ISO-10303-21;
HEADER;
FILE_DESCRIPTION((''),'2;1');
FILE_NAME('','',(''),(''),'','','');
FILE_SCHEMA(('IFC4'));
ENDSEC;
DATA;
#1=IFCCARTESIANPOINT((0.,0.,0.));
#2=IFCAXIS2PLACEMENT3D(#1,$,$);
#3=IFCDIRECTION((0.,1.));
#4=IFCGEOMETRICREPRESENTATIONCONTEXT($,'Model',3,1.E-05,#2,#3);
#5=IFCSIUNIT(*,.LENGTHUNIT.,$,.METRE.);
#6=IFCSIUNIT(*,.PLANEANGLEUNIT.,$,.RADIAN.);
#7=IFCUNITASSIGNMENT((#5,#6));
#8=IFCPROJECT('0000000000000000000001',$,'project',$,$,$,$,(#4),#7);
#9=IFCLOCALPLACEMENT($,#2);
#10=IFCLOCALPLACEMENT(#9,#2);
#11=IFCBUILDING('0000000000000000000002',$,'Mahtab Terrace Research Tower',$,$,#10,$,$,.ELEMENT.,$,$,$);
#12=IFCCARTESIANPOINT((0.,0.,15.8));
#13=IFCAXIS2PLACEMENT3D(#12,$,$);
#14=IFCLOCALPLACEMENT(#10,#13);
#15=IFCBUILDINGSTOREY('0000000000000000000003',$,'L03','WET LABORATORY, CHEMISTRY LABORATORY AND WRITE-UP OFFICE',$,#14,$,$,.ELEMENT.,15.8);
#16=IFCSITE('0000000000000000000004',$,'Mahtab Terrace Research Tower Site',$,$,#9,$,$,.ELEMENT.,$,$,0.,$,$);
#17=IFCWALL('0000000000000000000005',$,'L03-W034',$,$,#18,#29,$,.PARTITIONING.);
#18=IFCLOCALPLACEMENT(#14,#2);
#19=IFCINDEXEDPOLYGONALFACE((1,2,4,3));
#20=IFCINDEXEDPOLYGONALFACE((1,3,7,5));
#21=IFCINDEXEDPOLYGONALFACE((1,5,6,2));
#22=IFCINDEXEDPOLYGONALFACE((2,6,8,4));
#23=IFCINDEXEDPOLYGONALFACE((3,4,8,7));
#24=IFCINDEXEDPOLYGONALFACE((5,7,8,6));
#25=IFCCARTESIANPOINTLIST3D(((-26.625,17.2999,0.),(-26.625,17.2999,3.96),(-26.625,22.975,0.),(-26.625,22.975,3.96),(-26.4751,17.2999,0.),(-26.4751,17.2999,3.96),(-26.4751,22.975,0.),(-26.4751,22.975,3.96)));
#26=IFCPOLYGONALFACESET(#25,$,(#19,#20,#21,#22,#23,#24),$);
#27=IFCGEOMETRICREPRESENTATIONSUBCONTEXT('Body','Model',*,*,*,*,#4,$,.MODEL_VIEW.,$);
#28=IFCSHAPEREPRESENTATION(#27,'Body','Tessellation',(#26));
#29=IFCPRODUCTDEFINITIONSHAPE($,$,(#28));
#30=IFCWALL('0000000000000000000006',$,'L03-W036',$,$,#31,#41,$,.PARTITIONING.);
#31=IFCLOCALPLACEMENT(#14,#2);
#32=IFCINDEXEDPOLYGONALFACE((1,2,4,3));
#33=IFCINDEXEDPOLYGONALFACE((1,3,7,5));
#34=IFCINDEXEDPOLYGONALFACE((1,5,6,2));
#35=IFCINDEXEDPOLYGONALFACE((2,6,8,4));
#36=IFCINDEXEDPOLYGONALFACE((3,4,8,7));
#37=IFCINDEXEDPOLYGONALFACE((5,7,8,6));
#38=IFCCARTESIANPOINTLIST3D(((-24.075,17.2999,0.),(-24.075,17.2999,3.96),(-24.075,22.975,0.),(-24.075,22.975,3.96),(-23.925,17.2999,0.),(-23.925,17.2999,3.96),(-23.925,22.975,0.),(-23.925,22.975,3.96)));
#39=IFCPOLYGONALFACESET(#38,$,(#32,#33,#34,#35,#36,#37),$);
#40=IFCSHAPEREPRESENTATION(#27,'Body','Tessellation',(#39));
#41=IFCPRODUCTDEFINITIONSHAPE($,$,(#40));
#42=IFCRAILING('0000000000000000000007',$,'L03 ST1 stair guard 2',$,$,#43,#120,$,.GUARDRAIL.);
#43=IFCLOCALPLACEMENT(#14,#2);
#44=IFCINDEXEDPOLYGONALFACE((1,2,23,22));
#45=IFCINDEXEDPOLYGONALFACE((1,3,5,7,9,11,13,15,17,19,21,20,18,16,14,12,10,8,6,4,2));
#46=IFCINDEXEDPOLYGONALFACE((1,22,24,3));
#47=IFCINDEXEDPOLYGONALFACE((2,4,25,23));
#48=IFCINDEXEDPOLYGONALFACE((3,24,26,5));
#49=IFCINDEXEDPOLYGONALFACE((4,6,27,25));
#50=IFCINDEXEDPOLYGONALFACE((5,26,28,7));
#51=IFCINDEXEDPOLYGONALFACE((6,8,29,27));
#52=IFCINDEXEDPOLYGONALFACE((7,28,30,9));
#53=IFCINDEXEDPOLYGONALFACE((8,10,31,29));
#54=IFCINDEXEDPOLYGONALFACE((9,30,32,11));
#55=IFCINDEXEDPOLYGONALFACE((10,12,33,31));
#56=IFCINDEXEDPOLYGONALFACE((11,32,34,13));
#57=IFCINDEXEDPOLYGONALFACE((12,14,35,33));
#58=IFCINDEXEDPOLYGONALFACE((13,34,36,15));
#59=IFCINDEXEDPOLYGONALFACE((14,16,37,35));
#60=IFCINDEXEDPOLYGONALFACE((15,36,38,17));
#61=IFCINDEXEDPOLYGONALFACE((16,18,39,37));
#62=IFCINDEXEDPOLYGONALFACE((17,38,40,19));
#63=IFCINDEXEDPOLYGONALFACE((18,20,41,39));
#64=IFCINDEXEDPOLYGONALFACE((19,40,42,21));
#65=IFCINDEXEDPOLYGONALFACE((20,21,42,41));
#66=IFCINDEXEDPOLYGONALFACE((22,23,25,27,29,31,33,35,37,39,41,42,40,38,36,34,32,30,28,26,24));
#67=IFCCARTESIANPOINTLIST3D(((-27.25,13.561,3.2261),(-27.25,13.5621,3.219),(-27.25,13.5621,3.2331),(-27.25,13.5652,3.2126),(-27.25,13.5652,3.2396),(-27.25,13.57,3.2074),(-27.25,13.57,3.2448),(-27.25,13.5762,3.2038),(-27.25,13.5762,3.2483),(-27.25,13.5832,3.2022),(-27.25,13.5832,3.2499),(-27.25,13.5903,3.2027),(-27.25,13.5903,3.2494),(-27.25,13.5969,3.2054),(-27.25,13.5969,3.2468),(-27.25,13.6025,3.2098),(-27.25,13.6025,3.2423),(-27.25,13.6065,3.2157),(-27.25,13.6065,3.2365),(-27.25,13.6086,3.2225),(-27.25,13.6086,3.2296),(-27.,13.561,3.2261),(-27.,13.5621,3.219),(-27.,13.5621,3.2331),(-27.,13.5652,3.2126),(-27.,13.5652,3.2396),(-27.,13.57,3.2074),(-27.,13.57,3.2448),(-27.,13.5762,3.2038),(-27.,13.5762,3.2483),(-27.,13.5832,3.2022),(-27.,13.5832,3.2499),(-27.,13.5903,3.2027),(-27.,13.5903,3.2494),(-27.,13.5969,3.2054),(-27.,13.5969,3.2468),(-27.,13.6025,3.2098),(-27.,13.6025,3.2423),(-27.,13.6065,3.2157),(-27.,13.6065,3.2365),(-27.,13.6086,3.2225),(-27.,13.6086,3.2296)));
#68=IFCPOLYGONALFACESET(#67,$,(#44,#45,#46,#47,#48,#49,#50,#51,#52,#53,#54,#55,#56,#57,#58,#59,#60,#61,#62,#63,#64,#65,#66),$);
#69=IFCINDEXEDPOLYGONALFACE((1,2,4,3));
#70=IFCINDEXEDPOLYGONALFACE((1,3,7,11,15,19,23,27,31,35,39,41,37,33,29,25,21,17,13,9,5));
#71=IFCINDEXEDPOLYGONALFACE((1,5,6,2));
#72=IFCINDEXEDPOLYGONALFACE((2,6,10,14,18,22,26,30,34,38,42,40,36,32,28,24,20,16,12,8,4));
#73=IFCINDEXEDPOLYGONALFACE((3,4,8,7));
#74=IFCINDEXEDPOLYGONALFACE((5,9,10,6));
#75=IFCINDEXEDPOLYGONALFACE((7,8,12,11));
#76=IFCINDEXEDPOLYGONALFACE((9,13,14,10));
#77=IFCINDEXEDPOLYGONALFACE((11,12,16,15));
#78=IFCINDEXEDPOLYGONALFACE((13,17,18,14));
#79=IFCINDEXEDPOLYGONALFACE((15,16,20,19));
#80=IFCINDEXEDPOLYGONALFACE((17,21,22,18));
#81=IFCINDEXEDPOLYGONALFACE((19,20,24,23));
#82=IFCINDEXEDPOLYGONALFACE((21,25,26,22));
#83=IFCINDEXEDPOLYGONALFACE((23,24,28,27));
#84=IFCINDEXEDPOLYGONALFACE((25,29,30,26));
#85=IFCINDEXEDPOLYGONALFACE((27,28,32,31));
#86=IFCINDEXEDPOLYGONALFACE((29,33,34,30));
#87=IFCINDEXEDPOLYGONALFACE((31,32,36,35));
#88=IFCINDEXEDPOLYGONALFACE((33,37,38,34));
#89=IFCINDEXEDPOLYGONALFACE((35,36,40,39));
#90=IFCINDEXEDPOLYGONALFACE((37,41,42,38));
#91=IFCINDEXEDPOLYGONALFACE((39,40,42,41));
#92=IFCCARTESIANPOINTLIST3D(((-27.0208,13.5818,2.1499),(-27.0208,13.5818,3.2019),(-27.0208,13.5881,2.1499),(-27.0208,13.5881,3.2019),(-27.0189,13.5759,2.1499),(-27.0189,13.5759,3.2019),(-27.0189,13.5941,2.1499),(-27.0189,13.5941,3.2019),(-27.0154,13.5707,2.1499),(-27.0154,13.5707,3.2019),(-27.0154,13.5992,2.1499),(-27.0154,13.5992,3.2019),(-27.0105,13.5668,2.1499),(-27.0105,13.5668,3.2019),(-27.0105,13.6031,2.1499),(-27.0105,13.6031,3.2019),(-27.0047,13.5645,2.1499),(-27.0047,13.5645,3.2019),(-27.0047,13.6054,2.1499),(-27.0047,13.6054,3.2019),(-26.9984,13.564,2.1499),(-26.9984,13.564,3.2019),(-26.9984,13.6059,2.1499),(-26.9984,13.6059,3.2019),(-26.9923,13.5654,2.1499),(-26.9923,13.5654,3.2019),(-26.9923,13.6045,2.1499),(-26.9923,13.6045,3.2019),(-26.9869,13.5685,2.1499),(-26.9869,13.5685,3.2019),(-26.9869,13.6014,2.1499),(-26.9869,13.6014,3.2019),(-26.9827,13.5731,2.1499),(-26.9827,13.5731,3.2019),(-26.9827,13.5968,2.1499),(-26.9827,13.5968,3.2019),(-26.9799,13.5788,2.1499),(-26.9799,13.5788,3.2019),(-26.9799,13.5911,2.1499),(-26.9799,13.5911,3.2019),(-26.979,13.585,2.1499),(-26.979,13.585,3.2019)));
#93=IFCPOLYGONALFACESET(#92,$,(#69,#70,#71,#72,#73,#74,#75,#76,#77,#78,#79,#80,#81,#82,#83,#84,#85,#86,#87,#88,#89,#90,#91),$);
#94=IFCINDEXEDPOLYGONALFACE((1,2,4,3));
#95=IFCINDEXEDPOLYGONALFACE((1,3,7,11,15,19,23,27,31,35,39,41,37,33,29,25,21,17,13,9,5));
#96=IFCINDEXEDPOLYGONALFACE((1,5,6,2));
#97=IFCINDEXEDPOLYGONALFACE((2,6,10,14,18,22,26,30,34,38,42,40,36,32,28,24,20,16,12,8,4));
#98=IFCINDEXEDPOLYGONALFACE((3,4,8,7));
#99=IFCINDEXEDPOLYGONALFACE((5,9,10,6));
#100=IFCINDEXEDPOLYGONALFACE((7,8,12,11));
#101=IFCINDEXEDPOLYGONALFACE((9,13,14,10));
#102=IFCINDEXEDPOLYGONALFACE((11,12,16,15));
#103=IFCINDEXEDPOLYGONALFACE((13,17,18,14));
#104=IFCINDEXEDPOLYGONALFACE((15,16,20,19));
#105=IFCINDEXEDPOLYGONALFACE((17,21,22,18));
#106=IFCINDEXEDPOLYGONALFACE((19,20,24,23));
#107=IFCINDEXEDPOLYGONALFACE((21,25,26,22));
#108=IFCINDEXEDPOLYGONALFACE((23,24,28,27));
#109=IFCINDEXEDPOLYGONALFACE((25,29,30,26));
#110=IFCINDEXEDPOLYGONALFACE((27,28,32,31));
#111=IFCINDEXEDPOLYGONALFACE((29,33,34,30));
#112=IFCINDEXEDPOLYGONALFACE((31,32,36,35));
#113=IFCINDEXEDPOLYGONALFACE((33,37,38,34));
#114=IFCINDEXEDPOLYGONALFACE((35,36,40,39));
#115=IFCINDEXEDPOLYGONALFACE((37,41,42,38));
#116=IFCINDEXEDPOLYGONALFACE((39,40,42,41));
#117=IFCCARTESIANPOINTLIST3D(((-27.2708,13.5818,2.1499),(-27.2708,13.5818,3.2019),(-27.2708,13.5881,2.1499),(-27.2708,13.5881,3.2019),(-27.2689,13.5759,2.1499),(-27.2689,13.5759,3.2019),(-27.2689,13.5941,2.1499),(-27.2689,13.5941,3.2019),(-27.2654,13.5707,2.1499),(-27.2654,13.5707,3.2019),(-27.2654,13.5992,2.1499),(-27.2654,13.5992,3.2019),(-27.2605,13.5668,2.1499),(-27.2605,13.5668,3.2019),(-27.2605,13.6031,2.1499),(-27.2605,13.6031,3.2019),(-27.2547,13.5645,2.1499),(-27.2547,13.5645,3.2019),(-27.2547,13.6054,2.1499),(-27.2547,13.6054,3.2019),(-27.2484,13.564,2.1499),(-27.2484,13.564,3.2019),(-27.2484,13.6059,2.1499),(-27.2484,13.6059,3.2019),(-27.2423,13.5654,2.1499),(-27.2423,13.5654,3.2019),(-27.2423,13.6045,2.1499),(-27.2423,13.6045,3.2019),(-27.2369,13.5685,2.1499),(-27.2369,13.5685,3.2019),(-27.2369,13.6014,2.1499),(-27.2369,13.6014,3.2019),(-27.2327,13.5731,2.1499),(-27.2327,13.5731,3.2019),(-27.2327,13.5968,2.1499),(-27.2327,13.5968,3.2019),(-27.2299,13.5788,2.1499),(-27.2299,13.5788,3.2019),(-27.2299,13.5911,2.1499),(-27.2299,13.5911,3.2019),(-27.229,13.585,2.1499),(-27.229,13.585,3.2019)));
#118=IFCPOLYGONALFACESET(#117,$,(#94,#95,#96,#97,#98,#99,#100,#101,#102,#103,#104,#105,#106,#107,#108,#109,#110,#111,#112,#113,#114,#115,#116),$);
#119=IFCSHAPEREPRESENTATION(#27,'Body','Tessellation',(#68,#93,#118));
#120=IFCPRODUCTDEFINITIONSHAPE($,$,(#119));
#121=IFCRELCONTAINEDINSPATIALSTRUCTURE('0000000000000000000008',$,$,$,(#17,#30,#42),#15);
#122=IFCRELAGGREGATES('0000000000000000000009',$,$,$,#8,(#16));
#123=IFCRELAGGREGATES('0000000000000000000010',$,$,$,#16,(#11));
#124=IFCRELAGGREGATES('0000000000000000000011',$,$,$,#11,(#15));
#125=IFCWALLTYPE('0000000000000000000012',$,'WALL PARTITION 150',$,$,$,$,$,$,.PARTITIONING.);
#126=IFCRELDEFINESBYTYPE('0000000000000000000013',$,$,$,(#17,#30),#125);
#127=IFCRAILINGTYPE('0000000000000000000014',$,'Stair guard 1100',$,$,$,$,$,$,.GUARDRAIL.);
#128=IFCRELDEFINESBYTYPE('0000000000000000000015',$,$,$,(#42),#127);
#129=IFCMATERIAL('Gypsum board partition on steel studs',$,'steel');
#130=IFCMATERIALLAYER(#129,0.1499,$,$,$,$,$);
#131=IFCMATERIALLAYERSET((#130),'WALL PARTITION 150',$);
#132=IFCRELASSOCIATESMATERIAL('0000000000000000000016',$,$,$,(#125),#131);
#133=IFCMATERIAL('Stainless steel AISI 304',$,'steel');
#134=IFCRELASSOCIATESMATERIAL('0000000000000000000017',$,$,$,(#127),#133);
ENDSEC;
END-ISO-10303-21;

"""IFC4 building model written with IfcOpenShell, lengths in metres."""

from ifc_helpers import new_model, si_unit, direction, frame, frame_2d, origin, origin_2d, place, context, subcontext, project, spatial, rectangle, circle, extrude, material, layer, layer_set, type_object, element, save


model = new_model("IFC4")

# Units and contexts
model_context = context("Model", 3, precision=1e-05, world=origin(), true_north=direction((0.0, 1.0)))
body_context = subcontext(model_context, "Body", "Model", "MODEL_VIEW")
ifc_project = project(units=[si_unit("LENGTHUNIT", "METRE"), si_unit("PLANEANGLEUNIT", "RADIAN")], contexts=[model_context])

# Site, building, storey
site_placement = place(None, origin())
site = spatial("IfcSite", under=ifc_project, at=site_placement, Name="Mahtab Terrace Research Tower Site", CompositionType="ELEMENT", RefElevation=0.0)
building_placement = place(site_placement, origin())
building = spatial("IfcBuilding", under=site, at=building_placement, Name="Mahtab Terrace Research Tower", CompositionType="ELEMENT")
storey_placement = place(building_placement, frame((0.0, 0.0, 15.8)))
storey = spatial("IfcBuildingStorey", under=building, at=storey_placement, Name="L03", Description="WET LABORATORY, CHEMISTRY LABORATORY AND WRITE-UP OFFICE", CompositionType="ELEMENT", Elevation=15.8)

# Shared definitions
ifc_material_1 = material(Name="Stainless steel AISI 304", Category="steel")

# Walls
ifc_material_2 = material(Name="Gypsum board partition on steel studs", Category="steel")
ifc_layer_1 = layer(ifc_material_2, 0.1499)
ifc_layer_set_1 = layer_set([ifc_layer_1], Name="WALL PARTITION 150")
wall_type_1 = type_object("IfcWallType", Name="WALL PARTITION 150", PredefinedType="PARTITIONING", material=ifc_layer_set_1)
for number, where, z_axis, x_axis, name in (
    (1, (-26.55, 17.3, 0.0), (0.0, 0.0, 1.0), (0.0, 1.0, 0.0), "L03-W034"),
    (2, (-24.0, 17.3, 0.0), (0.0, 0.0, 1.0), (0.0, 1.0, 0.0), "L03-W036"),
):
    element("IfcWall", number, at=place(storey_placement, frame(where, z_axis=z_axis, x_axis=x_axis)), inside=storey, type_object=wall_type_1, Name=name, PredefinedType="PARTITIONING", context=body_context, shape_type="SweptSolid", body=[
        extrude(rectangle(XDim=5.675, YDim=0.1499, at=frame_2d((2.8374, 0.0))), origin(), (0.0, 0.0, 1.0), 3.96),
    ])

# Railing
railing_type = type_object("IfcRailingType", Name="Stair guard 1100", PredefinedType="GUARDRAIL", material=ifc_material_1)
railing_1_placement = place(storey_placement, frame((-27.0, 13.585, 2.1499)))
element("IfcRailing", 3, at=railing_1_placement, inside=storey, type_object=railing_type, Name="L03 ST1 stair guard 2", PredefinedType="GUARDRAIL", context=body_context, shape_type="SweptSolid", body=[
    extrude(circle(Radius=0.0239, at=origin_2d()), frame((0.0, 0.0, 1.0762), z_axis=(-1.0, 0.0, 0.0), x_axis=(0.0, -1.0, 0.0)), (0.0, 0.0, 1.0), 0.25),
    extrude(circle(Radius=0.021, at=origin_2d()), origin(), (0.0, 0.0, 1.0), 1.052),
    extrude(circle(Radius=0.021, at=origin_2d()), frame((-0.25, 0.0, 0.0)), (0.0, 0.0, 1.0), 1.052),
])

save(model, "model.ifc")
